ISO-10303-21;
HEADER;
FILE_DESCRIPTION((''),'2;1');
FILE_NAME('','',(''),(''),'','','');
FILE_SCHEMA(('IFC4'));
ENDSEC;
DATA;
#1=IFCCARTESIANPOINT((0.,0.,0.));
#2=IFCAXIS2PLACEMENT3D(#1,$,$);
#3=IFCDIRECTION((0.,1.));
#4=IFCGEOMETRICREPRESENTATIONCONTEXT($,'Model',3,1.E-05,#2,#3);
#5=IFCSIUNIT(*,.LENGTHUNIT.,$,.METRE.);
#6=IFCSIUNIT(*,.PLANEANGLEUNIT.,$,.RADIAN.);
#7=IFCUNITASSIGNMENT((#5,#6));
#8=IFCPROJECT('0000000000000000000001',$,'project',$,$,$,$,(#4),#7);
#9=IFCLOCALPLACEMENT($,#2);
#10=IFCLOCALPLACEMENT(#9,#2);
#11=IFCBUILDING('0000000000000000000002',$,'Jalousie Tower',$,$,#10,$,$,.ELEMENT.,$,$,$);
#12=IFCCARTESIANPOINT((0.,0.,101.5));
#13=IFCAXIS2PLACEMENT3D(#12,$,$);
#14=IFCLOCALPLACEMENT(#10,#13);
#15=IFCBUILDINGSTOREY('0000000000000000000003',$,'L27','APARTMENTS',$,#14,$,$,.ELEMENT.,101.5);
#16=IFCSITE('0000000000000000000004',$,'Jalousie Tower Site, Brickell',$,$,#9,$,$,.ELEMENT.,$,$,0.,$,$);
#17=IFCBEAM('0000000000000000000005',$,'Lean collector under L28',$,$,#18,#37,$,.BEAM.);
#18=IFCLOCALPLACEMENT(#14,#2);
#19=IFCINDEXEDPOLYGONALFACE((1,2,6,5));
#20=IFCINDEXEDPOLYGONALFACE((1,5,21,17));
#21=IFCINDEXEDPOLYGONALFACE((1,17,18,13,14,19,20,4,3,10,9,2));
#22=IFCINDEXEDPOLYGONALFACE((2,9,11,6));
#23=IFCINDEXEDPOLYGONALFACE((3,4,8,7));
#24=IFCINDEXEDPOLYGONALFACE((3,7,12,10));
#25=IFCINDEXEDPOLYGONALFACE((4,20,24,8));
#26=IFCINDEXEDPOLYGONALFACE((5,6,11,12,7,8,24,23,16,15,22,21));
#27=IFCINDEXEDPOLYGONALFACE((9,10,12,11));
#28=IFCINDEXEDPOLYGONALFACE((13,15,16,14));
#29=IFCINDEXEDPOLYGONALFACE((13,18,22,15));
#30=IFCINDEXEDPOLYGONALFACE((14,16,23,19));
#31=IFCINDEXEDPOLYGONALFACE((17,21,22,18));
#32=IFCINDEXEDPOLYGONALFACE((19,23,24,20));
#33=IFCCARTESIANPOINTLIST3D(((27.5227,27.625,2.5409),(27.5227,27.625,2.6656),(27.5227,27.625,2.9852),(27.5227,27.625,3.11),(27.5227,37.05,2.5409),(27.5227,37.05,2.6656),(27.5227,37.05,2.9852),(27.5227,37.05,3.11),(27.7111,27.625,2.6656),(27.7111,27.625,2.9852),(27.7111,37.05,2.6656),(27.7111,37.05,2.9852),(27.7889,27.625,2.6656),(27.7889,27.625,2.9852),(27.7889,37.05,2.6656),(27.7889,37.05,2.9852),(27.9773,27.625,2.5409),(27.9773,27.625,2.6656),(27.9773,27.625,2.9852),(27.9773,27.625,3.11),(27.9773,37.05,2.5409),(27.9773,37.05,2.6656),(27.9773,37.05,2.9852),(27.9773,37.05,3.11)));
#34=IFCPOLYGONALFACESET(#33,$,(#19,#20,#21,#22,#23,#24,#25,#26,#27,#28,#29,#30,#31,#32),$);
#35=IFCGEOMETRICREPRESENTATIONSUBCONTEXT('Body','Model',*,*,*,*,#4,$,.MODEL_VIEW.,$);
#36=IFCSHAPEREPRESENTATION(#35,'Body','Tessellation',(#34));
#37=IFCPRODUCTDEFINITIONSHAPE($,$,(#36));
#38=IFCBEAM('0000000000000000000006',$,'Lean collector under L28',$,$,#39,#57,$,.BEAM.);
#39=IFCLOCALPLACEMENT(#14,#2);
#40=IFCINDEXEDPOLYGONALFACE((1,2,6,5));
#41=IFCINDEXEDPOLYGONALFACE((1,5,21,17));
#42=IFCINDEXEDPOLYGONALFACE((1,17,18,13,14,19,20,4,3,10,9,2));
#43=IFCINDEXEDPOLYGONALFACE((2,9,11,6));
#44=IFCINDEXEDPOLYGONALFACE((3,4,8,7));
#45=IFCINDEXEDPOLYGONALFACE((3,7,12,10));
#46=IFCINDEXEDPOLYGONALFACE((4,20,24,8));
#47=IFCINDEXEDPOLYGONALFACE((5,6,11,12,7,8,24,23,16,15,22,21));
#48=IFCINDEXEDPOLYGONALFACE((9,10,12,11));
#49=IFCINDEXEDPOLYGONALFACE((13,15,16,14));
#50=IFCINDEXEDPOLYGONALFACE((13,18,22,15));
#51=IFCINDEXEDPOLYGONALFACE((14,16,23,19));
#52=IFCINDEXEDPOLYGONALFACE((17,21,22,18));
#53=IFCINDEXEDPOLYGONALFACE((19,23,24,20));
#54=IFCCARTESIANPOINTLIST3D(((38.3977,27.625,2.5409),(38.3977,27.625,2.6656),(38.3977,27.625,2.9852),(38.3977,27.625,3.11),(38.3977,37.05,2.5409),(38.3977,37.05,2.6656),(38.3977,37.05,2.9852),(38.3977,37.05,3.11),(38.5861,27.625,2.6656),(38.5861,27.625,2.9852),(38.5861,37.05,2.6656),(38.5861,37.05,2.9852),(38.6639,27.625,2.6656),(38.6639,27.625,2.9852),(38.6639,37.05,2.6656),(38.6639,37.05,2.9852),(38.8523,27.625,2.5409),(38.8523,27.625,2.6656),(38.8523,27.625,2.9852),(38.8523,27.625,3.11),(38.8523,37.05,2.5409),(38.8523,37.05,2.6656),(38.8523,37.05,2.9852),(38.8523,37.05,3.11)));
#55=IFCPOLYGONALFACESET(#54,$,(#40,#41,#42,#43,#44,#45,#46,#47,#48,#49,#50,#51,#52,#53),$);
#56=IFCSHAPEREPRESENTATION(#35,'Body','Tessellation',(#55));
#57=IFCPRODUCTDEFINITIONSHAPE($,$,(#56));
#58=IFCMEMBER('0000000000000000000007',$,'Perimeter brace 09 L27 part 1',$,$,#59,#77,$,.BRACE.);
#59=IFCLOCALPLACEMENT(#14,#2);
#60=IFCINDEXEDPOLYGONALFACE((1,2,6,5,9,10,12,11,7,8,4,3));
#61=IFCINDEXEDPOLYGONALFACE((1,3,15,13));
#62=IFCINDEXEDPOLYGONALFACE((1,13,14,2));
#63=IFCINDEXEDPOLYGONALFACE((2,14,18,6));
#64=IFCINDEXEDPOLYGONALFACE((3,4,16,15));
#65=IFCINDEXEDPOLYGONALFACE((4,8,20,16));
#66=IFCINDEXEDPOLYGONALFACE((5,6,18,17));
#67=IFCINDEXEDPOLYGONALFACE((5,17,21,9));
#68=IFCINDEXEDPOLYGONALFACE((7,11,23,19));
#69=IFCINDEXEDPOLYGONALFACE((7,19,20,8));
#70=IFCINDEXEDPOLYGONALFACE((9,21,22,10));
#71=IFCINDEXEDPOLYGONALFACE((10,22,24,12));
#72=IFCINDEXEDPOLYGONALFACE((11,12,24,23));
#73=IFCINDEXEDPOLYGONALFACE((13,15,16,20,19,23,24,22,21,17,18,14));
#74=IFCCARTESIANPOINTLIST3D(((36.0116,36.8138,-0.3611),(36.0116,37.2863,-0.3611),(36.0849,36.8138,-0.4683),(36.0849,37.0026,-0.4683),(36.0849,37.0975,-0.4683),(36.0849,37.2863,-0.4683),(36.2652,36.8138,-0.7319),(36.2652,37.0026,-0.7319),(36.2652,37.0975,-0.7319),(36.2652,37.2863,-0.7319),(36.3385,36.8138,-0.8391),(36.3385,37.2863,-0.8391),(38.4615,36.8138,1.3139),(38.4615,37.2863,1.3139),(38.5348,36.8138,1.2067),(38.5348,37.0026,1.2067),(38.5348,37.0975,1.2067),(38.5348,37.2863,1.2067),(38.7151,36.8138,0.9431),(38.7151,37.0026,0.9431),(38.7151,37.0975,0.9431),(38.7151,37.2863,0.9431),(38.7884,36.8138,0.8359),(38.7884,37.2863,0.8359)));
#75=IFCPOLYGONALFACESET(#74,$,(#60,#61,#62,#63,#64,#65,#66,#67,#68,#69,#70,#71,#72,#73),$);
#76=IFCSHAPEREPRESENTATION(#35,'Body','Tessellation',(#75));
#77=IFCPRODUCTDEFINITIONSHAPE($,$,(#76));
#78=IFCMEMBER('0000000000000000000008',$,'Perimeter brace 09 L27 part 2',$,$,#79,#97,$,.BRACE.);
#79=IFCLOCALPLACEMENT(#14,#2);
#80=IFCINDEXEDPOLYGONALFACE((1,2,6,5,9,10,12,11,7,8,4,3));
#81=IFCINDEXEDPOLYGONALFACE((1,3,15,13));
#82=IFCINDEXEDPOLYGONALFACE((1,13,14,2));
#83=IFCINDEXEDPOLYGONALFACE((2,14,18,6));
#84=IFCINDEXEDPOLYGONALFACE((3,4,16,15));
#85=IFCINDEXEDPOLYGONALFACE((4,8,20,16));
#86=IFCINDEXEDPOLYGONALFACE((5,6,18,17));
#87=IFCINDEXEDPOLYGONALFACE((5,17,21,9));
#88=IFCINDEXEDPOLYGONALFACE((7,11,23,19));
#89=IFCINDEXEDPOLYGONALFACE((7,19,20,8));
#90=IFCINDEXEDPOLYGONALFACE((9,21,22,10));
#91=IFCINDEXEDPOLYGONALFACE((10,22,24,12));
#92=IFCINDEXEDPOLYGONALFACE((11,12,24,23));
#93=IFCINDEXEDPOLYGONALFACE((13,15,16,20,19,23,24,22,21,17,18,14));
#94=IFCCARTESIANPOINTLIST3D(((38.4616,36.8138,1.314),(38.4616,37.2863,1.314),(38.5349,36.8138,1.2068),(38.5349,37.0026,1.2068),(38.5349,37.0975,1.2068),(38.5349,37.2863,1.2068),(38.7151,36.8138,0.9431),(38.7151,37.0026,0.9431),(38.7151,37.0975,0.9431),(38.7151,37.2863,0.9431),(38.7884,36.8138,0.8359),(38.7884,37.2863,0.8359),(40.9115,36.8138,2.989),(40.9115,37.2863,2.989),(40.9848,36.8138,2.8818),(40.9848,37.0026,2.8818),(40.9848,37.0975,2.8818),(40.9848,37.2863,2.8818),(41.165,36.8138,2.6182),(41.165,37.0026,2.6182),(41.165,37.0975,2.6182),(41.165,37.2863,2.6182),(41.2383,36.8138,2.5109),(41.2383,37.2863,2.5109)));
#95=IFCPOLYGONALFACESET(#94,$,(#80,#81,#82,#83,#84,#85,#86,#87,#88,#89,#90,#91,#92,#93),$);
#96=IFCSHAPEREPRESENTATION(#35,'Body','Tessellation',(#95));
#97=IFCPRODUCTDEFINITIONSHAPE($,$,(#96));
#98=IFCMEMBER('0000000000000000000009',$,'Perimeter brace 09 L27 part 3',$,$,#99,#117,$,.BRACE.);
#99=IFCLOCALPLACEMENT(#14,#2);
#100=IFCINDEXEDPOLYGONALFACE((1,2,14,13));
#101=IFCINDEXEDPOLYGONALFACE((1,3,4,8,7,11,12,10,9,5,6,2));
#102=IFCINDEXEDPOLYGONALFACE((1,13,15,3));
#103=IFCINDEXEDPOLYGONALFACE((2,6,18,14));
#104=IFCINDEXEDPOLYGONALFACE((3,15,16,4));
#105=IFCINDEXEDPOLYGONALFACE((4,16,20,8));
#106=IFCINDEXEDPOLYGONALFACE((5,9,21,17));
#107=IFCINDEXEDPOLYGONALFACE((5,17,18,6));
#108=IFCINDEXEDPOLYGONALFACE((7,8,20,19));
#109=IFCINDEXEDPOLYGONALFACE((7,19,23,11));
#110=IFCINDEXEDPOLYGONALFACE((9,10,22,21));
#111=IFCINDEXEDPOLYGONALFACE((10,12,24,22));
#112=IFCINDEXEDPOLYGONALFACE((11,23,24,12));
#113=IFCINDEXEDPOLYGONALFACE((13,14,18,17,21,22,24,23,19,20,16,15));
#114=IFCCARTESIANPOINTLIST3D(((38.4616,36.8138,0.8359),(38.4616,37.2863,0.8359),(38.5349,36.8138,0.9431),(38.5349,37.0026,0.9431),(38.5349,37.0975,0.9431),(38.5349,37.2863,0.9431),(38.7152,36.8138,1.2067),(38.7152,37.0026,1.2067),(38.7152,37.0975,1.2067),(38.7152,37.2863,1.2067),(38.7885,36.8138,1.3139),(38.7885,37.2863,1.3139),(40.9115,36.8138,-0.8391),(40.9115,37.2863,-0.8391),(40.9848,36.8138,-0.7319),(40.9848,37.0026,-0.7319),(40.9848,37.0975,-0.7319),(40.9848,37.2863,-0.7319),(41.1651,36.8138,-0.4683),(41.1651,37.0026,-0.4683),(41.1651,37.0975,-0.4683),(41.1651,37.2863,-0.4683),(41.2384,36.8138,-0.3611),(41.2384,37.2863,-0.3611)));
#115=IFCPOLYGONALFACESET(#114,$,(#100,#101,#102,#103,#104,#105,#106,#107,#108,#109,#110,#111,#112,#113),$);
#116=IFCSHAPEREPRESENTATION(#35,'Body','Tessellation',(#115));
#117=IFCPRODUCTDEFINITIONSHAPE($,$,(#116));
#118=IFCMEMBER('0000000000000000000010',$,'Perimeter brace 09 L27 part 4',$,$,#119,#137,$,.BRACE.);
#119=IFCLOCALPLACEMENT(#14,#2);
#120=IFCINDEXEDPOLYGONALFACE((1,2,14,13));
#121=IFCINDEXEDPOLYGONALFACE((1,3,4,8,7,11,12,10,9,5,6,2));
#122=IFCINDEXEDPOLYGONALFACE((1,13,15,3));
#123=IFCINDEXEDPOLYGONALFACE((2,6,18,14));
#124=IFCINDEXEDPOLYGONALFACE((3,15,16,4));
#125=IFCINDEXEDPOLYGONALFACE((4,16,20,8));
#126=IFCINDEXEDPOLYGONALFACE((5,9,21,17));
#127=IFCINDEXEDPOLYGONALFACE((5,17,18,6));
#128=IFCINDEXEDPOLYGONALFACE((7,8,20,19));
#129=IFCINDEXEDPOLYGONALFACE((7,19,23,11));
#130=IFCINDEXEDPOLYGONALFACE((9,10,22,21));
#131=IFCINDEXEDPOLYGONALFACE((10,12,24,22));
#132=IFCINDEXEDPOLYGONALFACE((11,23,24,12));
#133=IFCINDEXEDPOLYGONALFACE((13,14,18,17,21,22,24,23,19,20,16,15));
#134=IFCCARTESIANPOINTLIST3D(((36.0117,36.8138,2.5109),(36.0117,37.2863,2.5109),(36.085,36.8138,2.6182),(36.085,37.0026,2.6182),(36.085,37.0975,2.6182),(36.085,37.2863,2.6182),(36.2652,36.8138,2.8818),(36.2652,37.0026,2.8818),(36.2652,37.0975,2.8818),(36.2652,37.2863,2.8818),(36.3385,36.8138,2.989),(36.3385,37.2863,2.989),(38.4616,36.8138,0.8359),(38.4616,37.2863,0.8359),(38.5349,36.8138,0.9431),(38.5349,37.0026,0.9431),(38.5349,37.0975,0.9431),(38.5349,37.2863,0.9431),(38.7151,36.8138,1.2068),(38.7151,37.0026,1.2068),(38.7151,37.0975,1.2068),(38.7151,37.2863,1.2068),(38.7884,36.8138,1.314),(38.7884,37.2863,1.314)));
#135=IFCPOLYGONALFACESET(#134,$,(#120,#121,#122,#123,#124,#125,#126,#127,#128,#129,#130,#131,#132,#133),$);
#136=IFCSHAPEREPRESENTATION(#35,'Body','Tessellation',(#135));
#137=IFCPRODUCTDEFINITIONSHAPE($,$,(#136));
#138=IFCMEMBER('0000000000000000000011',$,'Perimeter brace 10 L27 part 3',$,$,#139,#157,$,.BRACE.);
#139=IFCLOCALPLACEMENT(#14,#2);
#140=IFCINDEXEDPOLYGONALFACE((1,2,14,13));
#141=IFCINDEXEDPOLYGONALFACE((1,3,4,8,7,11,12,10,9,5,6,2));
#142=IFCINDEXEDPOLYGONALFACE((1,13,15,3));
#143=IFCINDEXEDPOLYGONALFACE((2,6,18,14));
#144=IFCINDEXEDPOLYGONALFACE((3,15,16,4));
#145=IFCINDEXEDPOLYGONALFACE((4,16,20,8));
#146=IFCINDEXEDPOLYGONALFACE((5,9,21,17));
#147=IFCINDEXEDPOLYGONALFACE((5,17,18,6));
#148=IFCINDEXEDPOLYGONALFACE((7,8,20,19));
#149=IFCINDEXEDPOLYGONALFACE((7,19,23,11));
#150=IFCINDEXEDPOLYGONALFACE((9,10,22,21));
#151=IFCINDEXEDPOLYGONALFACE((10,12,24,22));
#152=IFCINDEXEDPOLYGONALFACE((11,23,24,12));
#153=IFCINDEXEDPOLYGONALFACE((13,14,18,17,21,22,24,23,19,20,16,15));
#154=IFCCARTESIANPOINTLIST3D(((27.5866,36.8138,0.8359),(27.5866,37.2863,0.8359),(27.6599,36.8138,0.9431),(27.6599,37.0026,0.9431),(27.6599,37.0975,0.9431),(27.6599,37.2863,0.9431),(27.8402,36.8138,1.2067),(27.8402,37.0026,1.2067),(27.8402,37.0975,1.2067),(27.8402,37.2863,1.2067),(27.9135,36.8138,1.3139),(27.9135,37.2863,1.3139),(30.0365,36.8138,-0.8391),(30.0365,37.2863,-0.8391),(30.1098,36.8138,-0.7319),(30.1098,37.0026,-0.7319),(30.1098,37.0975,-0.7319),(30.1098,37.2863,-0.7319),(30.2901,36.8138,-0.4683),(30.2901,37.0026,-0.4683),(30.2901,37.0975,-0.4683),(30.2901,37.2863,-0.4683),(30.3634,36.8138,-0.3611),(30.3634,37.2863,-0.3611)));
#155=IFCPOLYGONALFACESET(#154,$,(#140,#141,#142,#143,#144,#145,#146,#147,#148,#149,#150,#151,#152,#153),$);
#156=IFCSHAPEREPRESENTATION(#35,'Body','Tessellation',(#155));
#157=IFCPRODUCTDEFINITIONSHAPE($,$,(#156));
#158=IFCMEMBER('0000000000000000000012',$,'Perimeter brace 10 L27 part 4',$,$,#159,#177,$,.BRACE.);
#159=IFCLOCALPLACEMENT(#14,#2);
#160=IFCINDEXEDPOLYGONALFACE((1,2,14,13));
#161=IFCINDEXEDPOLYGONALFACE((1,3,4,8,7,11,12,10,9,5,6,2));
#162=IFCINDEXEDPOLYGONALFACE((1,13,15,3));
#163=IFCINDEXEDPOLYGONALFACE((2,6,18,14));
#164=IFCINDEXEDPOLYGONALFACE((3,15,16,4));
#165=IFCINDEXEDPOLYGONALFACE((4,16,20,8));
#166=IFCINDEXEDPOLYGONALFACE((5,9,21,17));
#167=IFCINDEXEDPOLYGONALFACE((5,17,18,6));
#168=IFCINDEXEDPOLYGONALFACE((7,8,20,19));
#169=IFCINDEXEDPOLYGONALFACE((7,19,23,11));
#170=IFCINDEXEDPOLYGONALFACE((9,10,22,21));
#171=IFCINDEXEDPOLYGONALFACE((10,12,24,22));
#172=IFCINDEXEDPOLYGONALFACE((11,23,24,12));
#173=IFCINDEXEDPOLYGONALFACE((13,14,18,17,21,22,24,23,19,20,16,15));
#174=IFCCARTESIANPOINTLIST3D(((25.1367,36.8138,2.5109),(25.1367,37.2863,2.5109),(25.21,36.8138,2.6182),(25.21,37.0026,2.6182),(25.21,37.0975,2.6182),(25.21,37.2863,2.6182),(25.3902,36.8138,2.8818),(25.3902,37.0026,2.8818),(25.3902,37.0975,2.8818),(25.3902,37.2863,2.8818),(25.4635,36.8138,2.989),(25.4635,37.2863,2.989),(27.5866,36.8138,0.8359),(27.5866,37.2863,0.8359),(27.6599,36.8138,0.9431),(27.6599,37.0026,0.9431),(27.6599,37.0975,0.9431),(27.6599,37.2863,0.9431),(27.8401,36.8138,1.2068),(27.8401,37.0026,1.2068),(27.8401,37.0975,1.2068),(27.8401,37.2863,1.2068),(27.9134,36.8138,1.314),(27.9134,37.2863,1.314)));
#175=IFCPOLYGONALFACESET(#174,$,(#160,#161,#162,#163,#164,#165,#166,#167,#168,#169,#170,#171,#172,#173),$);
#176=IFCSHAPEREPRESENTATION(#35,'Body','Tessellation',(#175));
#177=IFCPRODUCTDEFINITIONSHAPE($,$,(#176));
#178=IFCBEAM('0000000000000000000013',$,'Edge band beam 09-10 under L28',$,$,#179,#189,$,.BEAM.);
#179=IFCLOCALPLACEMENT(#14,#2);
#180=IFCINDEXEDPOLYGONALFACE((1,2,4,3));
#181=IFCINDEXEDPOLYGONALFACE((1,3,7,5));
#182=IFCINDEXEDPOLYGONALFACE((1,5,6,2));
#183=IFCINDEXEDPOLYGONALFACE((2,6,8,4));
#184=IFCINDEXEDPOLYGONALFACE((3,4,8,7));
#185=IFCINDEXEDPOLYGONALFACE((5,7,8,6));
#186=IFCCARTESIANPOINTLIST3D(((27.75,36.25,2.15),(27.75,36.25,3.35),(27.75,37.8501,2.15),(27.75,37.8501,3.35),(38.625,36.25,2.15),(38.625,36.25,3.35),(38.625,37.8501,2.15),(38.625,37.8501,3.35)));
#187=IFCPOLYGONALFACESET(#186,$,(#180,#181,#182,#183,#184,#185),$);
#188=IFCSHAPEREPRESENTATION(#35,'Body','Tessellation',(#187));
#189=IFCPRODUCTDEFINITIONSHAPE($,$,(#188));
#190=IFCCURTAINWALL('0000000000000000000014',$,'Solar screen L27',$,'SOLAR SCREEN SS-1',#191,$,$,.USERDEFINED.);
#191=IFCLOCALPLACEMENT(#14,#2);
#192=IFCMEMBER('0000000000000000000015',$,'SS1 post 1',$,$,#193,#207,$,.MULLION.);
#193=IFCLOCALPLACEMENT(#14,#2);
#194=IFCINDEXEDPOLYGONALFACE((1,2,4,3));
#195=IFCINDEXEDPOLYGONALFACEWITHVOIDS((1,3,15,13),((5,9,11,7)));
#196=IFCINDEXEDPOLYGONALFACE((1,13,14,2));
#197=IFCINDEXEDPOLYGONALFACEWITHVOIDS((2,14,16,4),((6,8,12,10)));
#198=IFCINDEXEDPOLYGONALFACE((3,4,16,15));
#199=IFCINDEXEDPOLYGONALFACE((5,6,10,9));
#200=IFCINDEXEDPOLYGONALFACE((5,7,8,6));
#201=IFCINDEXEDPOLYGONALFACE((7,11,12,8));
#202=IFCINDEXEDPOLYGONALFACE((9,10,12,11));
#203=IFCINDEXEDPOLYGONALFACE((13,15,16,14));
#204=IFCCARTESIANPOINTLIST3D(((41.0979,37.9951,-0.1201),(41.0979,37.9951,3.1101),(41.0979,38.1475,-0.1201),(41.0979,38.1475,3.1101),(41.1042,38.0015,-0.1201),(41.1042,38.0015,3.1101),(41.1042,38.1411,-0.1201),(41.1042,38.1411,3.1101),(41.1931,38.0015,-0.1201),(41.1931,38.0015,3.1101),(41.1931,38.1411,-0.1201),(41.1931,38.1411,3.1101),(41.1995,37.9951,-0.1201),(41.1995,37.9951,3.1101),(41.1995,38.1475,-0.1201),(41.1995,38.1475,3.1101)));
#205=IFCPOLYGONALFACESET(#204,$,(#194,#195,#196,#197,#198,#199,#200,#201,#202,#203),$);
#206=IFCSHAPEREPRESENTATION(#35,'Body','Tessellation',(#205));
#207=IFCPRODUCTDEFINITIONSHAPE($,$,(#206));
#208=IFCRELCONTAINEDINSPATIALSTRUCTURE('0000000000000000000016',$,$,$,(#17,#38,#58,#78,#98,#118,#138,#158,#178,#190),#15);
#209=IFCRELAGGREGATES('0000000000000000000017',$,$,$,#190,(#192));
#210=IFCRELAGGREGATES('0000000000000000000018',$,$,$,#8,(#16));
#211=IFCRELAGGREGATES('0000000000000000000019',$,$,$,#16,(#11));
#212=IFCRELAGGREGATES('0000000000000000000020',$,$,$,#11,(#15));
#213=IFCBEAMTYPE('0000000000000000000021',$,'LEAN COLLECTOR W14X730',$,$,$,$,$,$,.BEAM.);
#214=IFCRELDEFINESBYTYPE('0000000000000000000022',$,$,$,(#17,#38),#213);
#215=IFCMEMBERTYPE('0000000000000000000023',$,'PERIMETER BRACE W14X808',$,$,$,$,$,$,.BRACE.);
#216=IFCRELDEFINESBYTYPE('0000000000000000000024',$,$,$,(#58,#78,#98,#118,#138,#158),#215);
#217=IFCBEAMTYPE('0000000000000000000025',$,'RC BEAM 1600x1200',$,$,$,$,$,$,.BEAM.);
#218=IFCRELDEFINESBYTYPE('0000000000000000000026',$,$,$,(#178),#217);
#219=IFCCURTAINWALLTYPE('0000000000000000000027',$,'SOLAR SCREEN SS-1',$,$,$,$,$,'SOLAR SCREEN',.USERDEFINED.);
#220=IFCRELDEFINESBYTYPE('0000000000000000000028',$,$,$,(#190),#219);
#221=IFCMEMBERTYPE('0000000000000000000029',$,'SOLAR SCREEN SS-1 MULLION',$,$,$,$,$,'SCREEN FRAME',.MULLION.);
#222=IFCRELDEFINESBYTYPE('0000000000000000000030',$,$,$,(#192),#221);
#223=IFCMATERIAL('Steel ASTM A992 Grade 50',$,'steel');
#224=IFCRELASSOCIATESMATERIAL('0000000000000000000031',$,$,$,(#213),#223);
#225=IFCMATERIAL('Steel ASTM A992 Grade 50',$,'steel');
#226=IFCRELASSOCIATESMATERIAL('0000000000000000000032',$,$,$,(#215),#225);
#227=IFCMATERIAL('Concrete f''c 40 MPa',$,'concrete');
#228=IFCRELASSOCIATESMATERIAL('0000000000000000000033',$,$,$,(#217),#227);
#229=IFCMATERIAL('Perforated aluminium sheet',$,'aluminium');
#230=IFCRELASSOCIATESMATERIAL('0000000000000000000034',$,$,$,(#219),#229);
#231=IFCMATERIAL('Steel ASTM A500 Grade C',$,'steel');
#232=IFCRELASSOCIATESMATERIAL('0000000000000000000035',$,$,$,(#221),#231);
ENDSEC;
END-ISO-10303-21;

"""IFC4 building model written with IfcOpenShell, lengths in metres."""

from ifc_helpers import new_model, si_unit, direction, frame, origin, origin_2d, place, context, subcontext, project, spatial, rectangle, hollow_rectangle, i_section, extrude, material, material_profile, profile_set, type_object, element, aggregate, save


model = new_model("IFC4")

# Units and contexts
model_context = context("Model", 3, precision=1e-05, world=origin(), true_north=direction((0.0, 1.0)))
body_context = subcontext(model_context, "Body", "Model", "MODEL_VIEW")
ifc_project = project(units=[si_unit("LENGTHUNIT", "METRE"), si_unit("PLANEANGLEUNIT", "RADIAN")], contexts=[model_context])

# Site, building, storey
site_placement = place(None, origin())
site = spatial("IfcSite", under=ifc_project, at=site_placement, Name="Jalousie Tower Site, Brickell", CompositionType="ELEMENT", RefElevation=0.0)
building_placement = place(site_placement, origin())
building = spatial("IfcBuilding", under=site, at=building_placement, Name="Jalousie Tower", CompositionType="ELEMENT")
storey_placement = place(building_placement, frame((0.0, 0.0, 101.5)))
storey = spatial("IfcBuildingStorey", under=building, at=storey_placement, Name="L27", Description="APARTMENTS", CompositionType="ELEMENT", Elevation=101.5)

# Beams
ifc_material_1 = material(Name="Steel ASTM A992 Grade 50", Category="steel")
ifc_material_profile_1 = material_profile(ifc_material_1, i_section(OverallWidth=0.4546, OverallDepth=0.5691, WebThickness=0.0779, FlangeThickness=0.1248, at=origin_2d()), Name="W14X730")
ifc_profile_set_1 = profile_set([ifc_material_profile_1], Name="Steel ASTM A992 Grade 50")
beam_type_1 = type_object("IfcBeamType", Name="LEAN COLLECTOR W14X730", PredefinedType="BEAM", material=ifc_profile_set_1)
for number, where, z_axis, x_axis, name in (
    (1, (27.75, 37.05, 2.8254), (0.0, -1.0, 0.0), (1.0, 0.0, 0.0), "Lean collector under L28"),
    (2, (38.625, 37.05, 2.8254), (0.0, -1.0, 0.0), (1.0, 0.0, 0.0), "Lean collector under L28"),
):
    element("IfcBeam", number, at=place(storey_placement, frame(where, z_axis=z_axis, x_axis=x_axis)), inside=storey, type_object=beam_type_1, Name=name, PredefinedType="BEAM", context=body_context, shape_type="SweptSolid", body=[
        extrude(i_section(OverallWidth=0.4546, OverallDepth=0.5691, WebThickness=0.0779, FlangeThickness=0.1248, at=origin_2d()), origin(), (0.0, 0.0, 1.0), 9.425),
    ])

# Members
ifc_material_2 = material(Name="Steel ASTM A992 Grade 50", Category="steel")
ifc_material_profile_2 = material_profile(ifc_material_2, i_section(OverallWidth=0.4724, OverallDepth=0.5791, WebThickness=0.095, FlangeThickness=0.1299, at=origin_2d()), Name="W14X808")
ifc_profile_set_2 = profile_set([ifc_material_profile_2], Name="Steel ASTM A992 Grade 50")
member_type_1 = type_object("IfcMemberType", Name="PERIMETER BRACE W14X808", PredefinedType="BRACE", material=ifc_profile_set_2)
for number, where, z_axis, x_axis, name in (
    (3, (36.175, 37.05, -0.6001), (0.825501, 0.0, 0.564401), (0.0, 1.0, 0.0), "Perimeter brace 09 L27 part 1"),
    (4, (38.625, 37.05, 1.075), (0.825501, 0.0, 0.564401), (0.0, 1.0, 0.0), "Perimeter brace 09 L27 part 2"),
    (5, (41.075, 37.05, -0.6001), (-0.825501, 0.0, 0.564401), (0.0, -1.0, 0.0), "Perimeter brace 09 L27 part 3"),
    (6, (38.625, 37.05, 1.075), (-0.825501, 0.0, 0.564401), (0.0, -1.0, 0.0), "Perimeter brace 09 L27 part 4"),
    (7, (30.2, 37.05, -0.6001), (-0.825501, 0.0, 0.564401), (0.0, -1.0, 0.0), "Perimeter brace 10 L27 part 3"),
    (8, (27.75, 37.05, 1.075), (-0.825501, 0.0, 0.564401), (0.0, -1.0, 0.0), "Perimeter brace 10 L27 part 4"),
):
    element("IfcMember", number, at=place(storey_placement, frame(where, z_axis=z_axis, x_axis=x_axis)), inside=storey, type_object=member_type_1, Name=name, PredefinedType="BRACE", context=body_context, shape_type="SweptSolid", body=[
        extrude(i_section(OverallWidth=0.4724, OverallDepth=0.5791, WebThickness=0.095, FlangeThickness=0.1299, at=origin_2d()), origin(), (0.0, 0.0, 1.0), 2.9678),
    ])

# Beam
ifc_material_3 = material(Name="Concrete f'c 40 MPa", Category="concrete")
ifc_material_profile_3 = material_profile(ifc_material_3, rectangle(XDim=1.6001, YDim=1.2, at=origin_2d()), Name="RC 1600x1200")
ifc_profile_set_3 = profile_set([ifc_material_profile_3], Name="Concrete f'c 40 MPa")
beam_type_2 = type_object("IfcBeamType", Name="RC BEAM 1600x1200", PredefinedType="BEAM", material=ifc_profile_set_3)
beam_placement = place(storey_placement, frame((38.625, 37.05, 2.75), z_axis=(-1.0, 0.0, 0.0), x_axis=(0.0, -1.0, 0.0)))
element("IfcBeam", 9, at=beam_placement, inside=storey, type_object=beam_type_2, Name="Edge band beam 09-10 under L28", PredefinedType="BEAM", context=body_context, shape_type="SweptSolid", body=[
    extrude(rectangle(XDim=1.6001, YDim=1.2, at=origin_2d()), origin(), (0.0, 0.0, 1.0), 10.875),
])

# Curtain wall, member
ifc_material_4 = material(Name="Perforated aluminium sheet", Category="aluminium")
curtain_wall_type = type_object("IfcCurtainWallType", Name="SOLAR SCREEN SS-1", ElementType="SOLAR SCREEN", PredefinedType="USERDEFINED", material=ifc_material_4)
curtain_wall_1_placement = place(storey_placement, origin())
curtain_wall_1 = element("IfcCurtainWall", 10, at=curtain_wall_1_placement, inside=storey, type_object=curtain_wall_type, Name="Solar screen L27", ObjectType="SOLAR SCREEN SS-1", PredefinedType="USERDEFINED")
ifc_material_5 = material(Name="Steel ASTM A500 Grade C", Category="steel")
ifc_material_profile_4 = material_profile(ifc_material_5, hollow_rectangle(XDim=0.1016, YDim=0.1523, WallThickness=0.0063, at=origin_2d()), Name="HSS6X4X1/4")
ifc_profile_set_4 = profile_set([ifc_material_profile_4], Name="Steel ASTM A500 Grade C")
member_type_2 = type_object("IfcMemberType", Name="SOLAR SCREEN SS-1 MULLION", ElementType="SCREEN FRAME", PredefinedType="MULLION", material=ifc_profile_set_4)
member_1_placement = place(storey_placement, frame((41.1487, 38.0713, -0.1201), z_axis=(0.0, 0.0, 1.0), x_axis=(-1.0, 0.0, 0.0)))
member_1 = element("IfcMember", 11, at=member_1_placement, type_object=member_type_2, Name="SS1 post 1", PredefinedType="MULLION", context=body_context, shape_type="SweptSolid", body=[
    extrude(hollow_rectangle(XDim=0.1016, YDim=0.1523, WallThickness=0.0063, at=origin_2d()), origin(), (0.0, 0.0, 1.0), 3.2302),
])

aggregate(curtain_wall_1, [member_1])

save(model, "model.ifc")
